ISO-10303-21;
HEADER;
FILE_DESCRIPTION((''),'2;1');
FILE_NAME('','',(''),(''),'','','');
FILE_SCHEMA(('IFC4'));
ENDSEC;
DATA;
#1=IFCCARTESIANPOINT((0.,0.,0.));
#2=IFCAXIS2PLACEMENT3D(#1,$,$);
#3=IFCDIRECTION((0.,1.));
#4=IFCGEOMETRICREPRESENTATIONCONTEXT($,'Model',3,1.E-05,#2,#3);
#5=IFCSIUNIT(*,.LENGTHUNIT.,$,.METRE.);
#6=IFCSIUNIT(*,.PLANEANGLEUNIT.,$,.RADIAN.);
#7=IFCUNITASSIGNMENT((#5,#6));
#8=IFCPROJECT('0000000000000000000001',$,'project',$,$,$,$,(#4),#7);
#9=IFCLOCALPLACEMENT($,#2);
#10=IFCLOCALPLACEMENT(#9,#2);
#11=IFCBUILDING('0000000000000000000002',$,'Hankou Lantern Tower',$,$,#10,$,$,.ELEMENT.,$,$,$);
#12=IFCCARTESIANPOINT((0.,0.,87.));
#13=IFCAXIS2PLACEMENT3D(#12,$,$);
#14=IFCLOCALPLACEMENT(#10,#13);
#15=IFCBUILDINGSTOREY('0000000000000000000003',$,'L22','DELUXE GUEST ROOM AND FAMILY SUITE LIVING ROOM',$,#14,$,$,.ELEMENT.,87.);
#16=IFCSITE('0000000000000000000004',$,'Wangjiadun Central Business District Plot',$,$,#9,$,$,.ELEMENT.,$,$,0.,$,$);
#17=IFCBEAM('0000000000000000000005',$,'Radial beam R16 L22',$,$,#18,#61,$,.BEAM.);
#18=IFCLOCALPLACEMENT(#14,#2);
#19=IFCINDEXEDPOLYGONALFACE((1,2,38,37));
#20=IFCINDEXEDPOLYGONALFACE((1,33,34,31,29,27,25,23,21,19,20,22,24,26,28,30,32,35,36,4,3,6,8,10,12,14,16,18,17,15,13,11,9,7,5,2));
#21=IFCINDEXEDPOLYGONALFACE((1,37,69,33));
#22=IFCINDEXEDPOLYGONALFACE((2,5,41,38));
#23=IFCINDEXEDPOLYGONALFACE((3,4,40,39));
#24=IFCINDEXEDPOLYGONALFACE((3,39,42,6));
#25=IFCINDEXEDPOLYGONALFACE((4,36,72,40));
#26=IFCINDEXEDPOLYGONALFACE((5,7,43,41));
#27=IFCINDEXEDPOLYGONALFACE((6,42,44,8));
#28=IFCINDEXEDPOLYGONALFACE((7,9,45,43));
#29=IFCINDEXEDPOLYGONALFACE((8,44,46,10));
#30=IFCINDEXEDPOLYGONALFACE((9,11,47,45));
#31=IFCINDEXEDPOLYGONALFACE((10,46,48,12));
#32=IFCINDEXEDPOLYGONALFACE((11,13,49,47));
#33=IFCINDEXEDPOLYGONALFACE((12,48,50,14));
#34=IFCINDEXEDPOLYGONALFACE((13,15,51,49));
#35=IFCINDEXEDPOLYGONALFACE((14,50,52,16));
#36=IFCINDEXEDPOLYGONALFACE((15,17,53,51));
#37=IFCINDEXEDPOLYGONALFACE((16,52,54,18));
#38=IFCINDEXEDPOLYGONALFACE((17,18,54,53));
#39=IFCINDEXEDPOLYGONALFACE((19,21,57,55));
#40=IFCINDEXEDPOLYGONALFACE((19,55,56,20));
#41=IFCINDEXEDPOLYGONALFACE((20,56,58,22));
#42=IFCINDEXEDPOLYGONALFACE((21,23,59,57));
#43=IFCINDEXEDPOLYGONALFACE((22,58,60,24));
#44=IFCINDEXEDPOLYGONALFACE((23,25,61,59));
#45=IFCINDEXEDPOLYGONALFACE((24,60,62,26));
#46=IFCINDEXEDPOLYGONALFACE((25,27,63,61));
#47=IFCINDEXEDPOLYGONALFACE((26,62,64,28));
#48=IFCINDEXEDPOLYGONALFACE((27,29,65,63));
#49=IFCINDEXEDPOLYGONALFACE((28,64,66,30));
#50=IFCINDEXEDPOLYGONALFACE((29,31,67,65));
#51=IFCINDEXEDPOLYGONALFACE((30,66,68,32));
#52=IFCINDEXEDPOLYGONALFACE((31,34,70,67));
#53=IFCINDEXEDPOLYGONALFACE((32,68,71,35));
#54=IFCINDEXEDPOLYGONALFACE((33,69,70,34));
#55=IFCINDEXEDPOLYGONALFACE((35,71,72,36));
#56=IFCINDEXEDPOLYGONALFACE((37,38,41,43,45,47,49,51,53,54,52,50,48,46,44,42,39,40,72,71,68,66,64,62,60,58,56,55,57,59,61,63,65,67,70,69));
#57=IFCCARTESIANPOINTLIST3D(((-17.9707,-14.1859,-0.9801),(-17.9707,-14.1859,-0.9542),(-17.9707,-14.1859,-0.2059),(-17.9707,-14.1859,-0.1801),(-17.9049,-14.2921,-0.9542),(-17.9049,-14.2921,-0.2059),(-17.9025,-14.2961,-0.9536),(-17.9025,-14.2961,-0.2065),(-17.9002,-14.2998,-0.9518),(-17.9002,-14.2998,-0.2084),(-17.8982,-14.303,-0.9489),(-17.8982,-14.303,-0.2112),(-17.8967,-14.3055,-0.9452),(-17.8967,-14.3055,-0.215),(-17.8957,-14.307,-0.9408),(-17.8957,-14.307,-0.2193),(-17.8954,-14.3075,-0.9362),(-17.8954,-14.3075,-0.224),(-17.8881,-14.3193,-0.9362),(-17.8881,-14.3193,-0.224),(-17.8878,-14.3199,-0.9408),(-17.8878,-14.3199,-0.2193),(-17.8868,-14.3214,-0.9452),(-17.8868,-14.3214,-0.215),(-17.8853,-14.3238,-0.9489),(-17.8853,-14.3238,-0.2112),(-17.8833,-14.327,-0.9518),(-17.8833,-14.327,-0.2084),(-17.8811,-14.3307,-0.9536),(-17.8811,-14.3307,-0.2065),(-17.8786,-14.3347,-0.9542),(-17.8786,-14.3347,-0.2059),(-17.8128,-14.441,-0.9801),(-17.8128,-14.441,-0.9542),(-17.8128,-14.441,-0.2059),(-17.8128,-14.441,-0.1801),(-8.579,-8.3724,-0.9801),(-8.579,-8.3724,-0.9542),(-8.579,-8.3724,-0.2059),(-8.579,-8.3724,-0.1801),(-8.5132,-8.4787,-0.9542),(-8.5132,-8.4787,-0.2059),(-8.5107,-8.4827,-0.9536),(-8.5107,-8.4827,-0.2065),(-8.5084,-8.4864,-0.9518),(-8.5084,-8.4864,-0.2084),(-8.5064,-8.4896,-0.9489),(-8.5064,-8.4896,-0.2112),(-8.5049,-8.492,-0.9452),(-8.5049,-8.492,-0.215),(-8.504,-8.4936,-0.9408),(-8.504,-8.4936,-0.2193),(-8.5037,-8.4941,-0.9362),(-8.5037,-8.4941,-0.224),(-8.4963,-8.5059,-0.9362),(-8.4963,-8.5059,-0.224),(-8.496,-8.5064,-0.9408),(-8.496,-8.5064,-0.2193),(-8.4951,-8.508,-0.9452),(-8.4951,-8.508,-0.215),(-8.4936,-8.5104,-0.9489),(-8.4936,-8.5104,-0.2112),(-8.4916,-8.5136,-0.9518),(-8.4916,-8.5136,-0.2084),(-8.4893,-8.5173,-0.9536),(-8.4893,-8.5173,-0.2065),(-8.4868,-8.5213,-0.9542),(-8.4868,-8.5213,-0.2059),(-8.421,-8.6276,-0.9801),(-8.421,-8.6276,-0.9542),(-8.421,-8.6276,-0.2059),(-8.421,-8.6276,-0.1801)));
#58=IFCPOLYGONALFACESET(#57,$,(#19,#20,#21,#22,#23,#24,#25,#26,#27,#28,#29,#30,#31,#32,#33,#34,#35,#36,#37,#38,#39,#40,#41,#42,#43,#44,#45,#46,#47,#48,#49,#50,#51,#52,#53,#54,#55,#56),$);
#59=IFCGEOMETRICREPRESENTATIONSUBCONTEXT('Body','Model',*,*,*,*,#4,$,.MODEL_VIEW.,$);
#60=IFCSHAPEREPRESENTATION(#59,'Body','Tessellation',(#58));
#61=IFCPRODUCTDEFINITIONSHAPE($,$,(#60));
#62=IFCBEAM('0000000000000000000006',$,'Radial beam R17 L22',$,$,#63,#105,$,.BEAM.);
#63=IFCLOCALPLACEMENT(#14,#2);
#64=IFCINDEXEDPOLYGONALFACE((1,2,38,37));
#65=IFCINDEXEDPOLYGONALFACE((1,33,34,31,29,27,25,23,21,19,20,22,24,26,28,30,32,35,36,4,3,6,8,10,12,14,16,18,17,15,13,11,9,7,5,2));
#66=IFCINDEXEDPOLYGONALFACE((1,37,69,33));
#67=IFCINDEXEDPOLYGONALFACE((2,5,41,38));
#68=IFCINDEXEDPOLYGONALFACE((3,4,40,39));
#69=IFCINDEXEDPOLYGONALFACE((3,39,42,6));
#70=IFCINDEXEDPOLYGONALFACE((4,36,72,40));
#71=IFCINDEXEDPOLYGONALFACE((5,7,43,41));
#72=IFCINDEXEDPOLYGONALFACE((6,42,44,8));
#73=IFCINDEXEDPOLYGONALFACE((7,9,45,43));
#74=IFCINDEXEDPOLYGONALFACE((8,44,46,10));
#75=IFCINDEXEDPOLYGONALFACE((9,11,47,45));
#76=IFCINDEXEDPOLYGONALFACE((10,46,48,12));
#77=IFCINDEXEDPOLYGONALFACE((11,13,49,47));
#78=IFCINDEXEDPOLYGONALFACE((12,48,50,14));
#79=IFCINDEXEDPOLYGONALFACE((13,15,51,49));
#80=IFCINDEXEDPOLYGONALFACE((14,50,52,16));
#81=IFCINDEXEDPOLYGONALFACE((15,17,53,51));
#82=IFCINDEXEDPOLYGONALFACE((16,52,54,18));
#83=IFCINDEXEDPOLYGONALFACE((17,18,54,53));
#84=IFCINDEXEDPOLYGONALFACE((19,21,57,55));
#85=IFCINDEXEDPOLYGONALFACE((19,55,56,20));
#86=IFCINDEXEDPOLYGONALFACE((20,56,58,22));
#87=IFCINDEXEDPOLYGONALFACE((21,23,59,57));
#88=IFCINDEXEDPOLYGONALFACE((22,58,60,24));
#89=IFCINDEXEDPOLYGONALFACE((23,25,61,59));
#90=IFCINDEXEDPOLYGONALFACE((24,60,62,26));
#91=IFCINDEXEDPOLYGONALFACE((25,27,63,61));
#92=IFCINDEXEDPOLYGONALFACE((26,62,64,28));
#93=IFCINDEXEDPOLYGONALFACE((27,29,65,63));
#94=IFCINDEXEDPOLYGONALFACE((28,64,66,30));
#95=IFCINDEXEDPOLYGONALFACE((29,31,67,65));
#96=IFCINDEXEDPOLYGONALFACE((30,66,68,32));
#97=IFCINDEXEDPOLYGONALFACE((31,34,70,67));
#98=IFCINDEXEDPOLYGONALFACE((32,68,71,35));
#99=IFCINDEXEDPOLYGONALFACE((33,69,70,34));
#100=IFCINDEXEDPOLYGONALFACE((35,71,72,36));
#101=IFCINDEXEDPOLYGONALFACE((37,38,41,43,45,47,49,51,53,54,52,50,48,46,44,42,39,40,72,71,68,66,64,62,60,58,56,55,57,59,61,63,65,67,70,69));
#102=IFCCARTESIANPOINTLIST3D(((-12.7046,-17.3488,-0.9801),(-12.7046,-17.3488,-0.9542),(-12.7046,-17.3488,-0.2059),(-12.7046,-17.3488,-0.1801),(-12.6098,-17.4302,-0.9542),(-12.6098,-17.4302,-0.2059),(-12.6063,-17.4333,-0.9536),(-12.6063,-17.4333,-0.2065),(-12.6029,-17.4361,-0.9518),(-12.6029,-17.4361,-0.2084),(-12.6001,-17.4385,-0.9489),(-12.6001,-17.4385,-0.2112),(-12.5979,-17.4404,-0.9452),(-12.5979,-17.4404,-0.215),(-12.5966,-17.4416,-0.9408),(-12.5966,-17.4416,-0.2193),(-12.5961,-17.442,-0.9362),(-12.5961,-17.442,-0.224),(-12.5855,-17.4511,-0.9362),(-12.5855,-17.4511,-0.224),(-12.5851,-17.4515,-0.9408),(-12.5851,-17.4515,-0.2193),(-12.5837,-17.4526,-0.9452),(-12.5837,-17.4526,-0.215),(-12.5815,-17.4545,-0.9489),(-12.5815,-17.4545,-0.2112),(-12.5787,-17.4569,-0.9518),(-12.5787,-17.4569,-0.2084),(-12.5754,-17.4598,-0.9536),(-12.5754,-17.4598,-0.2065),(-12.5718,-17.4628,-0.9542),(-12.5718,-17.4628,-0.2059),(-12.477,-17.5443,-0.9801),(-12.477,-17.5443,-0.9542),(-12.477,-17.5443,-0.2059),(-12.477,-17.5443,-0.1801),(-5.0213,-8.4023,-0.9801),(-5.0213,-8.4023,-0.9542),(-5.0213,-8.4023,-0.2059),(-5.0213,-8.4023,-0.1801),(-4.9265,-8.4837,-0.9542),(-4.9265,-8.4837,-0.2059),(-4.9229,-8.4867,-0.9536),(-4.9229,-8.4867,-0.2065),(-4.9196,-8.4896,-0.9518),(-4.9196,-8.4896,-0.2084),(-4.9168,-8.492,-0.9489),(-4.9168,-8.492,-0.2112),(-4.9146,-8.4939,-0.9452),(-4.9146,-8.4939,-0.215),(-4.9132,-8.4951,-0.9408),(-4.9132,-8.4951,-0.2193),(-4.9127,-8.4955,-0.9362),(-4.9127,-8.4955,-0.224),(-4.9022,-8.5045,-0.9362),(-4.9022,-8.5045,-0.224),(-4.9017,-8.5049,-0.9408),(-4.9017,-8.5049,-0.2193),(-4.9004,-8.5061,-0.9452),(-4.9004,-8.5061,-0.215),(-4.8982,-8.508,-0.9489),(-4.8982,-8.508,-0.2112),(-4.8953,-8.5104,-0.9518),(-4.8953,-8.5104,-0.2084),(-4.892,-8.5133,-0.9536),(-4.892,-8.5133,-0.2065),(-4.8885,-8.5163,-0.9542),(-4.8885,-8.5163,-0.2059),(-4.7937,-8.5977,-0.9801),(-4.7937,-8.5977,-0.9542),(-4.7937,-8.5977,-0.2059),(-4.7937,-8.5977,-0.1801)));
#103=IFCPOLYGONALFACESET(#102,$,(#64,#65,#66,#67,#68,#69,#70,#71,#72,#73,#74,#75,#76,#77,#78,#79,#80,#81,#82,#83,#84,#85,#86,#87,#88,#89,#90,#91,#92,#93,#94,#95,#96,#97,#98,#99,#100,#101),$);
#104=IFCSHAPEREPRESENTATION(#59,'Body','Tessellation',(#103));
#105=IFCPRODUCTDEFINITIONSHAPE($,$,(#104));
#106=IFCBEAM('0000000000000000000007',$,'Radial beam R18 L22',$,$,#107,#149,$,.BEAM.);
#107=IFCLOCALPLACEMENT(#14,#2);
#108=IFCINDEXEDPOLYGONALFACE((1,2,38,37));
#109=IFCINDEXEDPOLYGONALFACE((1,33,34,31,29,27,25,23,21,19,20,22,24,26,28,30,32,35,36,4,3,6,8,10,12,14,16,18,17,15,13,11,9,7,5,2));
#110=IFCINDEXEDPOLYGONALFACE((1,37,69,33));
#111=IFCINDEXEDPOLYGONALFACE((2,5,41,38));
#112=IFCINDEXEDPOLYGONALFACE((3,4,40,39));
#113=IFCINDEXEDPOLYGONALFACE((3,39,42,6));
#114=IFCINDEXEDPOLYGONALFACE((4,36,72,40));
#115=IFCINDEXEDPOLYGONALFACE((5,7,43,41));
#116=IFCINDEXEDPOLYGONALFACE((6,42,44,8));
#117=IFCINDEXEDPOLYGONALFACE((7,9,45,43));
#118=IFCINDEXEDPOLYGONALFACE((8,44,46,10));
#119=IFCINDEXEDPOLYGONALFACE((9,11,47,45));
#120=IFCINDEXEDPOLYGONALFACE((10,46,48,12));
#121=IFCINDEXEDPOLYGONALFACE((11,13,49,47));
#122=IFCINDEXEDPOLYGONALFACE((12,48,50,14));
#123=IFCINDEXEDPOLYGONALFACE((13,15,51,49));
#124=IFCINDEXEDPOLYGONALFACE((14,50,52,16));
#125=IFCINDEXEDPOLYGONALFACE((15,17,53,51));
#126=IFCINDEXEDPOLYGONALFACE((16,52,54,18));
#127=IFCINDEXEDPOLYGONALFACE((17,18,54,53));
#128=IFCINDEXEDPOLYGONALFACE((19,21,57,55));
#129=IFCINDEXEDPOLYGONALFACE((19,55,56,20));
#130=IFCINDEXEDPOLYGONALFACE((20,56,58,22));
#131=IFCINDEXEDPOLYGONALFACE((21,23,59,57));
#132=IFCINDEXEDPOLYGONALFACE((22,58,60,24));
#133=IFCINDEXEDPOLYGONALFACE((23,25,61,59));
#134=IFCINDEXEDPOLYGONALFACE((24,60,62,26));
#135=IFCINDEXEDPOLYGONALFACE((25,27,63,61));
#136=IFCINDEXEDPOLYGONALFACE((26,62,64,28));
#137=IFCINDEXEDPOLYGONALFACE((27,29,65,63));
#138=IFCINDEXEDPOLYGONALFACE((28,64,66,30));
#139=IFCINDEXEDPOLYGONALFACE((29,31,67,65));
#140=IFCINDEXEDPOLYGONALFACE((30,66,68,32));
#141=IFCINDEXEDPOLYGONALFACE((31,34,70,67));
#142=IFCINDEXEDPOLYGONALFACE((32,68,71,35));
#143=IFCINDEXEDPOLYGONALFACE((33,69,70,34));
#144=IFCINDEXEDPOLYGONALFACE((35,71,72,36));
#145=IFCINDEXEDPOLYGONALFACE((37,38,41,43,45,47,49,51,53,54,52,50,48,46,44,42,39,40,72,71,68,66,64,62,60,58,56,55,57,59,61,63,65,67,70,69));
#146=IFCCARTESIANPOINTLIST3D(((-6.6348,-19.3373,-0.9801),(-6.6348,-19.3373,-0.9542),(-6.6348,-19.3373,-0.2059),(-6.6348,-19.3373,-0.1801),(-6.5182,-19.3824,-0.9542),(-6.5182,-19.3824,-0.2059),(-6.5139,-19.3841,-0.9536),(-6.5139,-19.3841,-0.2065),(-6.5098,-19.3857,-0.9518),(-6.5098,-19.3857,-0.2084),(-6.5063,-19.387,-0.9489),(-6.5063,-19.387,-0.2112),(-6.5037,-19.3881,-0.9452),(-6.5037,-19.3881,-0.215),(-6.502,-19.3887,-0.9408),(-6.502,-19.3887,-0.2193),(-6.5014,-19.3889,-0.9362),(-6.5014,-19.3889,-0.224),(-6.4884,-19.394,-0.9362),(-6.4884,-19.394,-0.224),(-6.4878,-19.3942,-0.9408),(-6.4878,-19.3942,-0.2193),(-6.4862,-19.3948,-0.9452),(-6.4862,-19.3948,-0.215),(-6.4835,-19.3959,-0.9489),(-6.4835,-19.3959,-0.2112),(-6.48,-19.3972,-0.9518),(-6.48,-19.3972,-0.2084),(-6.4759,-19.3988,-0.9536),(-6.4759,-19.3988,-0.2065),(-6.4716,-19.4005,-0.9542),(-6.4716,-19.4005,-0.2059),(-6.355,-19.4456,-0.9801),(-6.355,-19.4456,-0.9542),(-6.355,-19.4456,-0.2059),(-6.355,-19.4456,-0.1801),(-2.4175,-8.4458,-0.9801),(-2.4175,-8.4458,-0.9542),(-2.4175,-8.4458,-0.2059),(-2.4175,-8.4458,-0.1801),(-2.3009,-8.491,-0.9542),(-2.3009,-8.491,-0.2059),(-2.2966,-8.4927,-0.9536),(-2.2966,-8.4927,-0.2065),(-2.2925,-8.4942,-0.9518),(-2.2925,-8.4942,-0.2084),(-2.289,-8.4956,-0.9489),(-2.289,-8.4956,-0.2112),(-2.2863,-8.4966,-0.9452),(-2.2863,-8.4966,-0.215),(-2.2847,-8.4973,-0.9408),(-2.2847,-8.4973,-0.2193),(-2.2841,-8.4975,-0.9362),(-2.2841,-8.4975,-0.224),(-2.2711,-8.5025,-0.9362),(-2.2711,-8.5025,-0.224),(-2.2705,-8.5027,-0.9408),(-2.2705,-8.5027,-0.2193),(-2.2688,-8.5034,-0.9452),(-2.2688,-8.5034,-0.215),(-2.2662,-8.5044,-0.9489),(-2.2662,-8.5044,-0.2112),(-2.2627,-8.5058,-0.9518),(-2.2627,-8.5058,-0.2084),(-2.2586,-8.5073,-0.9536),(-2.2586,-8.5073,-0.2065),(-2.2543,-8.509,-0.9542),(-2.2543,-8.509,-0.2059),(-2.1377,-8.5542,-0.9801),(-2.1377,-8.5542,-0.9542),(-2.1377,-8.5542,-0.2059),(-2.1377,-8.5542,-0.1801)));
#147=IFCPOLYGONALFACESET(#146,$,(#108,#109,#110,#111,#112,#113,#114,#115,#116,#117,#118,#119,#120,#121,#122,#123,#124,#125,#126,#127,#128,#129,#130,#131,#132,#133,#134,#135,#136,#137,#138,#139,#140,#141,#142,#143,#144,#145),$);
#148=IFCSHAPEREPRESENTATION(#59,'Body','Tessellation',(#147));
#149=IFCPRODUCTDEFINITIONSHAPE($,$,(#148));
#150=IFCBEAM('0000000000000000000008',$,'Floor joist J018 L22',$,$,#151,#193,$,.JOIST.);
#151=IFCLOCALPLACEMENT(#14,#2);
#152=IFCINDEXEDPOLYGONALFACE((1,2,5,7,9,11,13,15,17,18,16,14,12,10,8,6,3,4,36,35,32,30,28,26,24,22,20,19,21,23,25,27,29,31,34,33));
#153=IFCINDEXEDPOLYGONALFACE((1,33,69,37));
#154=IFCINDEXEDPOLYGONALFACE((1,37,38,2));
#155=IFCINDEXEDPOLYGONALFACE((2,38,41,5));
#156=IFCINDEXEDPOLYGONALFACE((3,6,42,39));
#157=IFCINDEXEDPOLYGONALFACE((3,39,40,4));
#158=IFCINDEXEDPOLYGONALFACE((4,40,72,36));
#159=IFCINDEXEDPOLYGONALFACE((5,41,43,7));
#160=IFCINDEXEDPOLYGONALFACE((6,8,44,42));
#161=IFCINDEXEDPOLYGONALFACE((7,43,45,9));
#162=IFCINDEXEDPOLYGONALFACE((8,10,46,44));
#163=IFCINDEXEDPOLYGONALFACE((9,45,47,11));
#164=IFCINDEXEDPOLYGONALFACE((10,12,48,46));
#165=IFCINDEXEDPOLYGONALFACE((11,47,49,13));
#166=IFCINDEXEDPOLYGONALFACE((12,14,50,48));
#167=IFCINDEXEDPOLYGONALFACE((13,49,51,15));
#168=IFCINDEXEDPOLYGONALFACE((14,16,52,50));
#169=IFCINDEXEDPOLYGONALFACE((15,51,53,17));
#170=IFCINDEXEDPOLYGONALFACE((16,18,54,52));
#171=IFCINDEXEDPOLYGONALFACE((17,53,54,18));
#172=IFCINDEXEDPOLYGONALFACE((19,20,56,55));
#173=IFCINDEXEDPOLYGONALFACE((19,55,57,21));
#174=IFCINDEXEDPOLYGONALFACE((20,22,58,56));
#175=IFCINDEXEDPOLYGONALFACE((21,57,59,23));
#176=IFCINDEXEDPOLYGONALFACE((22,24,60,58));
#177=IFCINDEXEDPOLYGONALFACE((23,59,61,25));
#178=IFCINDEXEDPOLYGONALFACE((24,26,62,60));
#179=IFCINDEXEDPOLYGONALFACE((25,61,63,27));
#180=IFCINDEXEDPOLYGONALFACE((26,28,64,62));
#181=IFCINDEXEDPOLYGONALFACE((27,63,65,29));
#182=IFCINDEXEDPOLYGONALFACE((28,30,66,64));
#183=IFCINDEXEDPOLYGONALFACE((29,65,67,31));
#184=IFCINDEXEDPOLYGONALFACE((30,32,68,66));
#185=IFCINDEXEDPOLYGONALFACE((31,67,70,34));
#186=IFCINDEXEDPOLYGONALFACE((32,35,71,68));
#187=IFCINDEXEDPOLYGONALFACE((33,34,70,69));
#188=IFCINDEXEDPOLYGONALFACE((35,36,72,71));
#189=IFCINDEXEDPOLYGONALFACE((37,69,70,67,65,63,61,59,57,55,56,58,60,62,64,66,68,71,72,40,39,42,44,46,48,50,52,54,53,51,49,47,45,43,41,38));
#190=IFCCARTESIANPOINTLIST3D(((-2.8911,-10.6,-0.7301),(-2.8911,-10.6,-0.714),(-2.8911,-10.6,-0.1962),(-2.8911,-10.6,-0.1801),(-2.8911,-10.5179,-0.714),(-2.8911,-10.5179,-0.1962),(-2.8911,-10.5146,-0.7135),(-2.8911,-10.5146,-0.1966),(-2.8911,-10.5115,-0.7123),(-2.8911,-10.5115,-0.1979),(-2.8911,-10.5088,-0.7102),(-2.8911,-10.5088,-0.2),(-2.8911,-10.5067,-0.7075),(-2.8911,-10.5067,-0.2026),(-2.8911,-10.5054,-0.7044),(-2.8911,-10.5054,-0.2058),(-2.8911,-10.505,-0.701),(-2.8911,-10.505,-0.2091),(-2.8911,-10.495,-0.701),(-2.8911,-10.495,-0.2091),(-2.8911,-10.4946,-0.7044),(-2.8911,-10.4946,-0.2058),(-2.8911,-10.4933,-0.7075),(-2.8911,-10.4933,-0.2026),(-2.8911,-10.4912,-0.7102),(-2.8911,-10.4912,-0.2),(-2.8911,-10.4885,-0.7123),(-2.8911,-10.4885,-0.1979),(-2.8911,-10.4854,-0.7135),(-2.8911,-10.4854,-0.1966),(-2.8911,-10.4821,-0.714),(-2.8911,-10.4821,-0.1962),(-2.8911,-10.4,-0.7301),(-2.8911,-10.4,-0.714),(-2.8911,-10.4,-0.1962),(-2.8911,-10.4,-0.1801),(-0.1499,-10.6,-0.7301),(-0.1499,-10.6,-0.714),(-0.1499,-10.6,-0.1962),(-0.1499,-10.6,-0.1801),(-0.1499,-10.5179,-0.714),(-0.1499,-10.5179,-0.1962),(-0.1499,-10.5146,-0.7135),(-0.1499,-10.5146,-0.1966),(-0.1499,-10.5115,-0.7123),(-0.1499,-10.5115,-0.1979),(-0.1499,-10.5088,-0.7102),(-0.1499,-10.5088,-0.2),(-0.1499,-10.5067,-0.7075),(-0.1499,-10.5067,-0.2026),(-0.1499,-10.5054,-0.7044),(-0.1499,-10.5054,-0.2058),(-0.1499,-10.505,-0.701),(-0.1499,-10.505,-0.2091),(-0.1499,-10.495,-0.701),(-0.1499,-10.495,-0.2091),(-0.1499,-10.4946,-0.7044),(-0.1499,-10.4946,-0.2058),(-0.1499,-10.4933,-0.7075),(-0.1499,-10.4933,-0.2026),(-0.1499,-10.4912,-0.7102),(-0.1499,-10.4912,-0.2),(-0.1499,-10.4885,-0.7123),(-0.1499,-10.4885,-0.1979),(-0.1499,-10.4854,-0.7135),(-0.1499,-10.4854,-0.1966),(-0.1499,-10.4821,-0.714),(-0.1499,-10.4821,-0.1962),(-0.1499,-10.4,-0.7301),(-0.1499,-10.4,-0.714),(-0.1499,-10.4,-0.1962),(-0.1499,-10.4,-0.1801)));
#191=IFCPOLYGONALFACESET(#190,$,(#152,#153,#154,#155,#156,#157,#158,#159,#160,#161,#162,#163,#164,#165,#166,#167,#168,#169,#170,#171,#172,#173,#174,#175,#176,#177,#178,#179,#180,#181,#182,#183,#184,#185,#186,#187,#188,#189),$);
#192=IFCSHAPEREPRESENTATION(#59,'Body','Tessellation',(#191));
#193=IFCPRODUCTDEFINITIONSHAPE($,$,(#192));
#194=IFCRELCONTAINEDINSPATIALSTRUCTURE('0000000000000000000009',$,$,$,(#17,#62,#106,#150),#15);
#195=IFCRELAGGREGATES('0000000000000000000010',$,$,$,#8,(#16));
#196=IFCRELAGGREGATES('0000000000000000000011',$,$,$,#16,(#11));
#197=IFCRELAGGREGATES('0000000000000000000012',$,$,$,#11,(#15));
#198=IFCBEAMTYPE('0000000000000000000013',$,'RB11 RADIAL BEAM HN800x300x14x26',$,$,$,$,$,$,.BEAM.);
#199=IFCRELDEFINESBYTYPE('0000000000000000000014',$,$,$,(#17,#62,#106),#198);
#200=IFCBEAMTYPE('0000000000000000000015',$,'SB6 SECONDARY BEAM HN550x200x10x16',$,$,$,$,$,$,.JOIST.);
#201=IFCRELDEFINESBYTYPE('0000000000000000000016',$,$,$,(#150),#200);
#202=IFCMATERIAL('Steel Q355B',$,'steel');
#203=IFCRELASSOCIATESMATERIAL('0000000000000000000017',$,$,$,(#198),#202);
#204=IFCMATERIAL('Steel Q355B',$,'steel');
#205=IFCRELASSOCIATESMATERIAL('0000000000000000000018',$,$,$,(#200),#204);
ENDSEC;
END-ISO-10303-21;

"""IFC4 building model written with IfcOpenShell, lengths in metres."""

from ifc_helpers import new_model, si_unit, direction, frame, origin, origin_2d, place, context, subcontext, project, spatial, i_section, extrude, material, material_profile, profile_set, type_object, element, save


model = new_model("IFC4")

# Units and contexts
model_context = context("Model", 3, precision=1e-05, world=origin(), true_north=direction((0.0, 1.0)))
body_context = subcontext(model_context, "Body", "Model", "MODEL_VIEW")
ifc_project = project(units=[si_unit("LENGTHUNIT", "METRE"), si_unit("PLANEANGLEUNIT", "RADIAN")], contexts=[model_context])

# Site, building, storey
site_placement = place(None, origin())
site = spatial("IfcSite", under=ifc_project, at=site_placement, Name="Wangjiadun Central Business District Plot", CompositionType="ELEMENT", RefElevation=0.0)
building_placement = place(site_placement, origin())
building = spatial("IfcBuilding", under=site, at=building_placement, Name="Hankou Lantern Tower", CompositionType="ELEMENT")
storey_placement = place(building_placement, frame((0.0, 0.0, 87.0)))
storey = spatial("IfcBuildingStorey", under=building, at=storey_placement, Name="L22", Description="DELUXE GUEST ROOM AND FAMILY SUITE LIVING ROOM", CompositionType="ELEMENT", Elevation=87.0)

# Beams
ifc_material_1 = material(Name="Steel Q355B", Category="steel")
ifc_material_profile_1 = material_profile(ifc_material_1, i_section(OverallWidth=0.3, OverallDepth=0.8, WebThickness=0.0139, FlangeThickness=0.0259, FilletRadius=0.0181, at=origin_2d()), Name="HN800x300x14x26")
ifc_profile_set_1 = profile_set([ifc_material_profile_1], Name="Steel Q355B")
beam_type_1 = type_object("IfcBeamType", Name="RB11 RADIAL BEAM HN800x300x14x26", PredefinedType="BEAM", material=ifc_profile_set_1)
beam_1_placement = place(storey_placement, frame((-8.5, -8.5, -0.5801), z_axis=(-0.850286, -0.52632, 0.0), x_axis=(0.52632, -0.850286, 0.0)))
element("IfcBeam", 1, at=beam_1_placement, inside=storey, type_object=beam_type_1, Name="Radial beam R16 L22", PredefinedType="BEAM", context=body_context, shape_type="SweptSolid", body=[
    extrude(i_section(OverallWidth=0.3, OverallDepth=0.8, WebThickness=0.0139, FlangeThickness=0.0259, FilletRadius=0.0181, at=origin_2d()), origin(), (0.0, 0.0, 1.0), 11.0454),
])
beam_2_placement = place(storey_placement, frame((-4.9075, -8.5, -0.5801), z_axis=(-0.651519, -0.758632, 0.0), x_axis=(0.758632, -0.651519, 0.0)))
element("IfcBeam", 2, at=beam_2_placement, inside=storey, type_object=beam_type_1, Name="Radial beam R17 L22", PredefinedType="BEAM", context=body_context, shape_type="SweptSolid", body=[
    extrude(i_section(OverallWidth=0.3, OverallDepth=0.8, WebThickness=0.0139, FlangeThickness=0.0259, FilletRadius=0.0181, at=origin_2d()), origin(), (0.0, 0.0, 1.0), 11.793),
])
beam_3_placement = place(storey_placement, frame((-2.2776, -8.5, -0.5801), z_axis=(-0.361089, -0.932531, 0.0), x_axis=(0.932531, -0.361089, 0.0)))
element("IfcBeam", 3, at=beam_3_placement, inside=storey, type_object=beam_type_1, Name="Radial beam R18 L22", PredefinedType="BEAM", context=body_context, shape_type="SweptSolid", body=[
    extrude(i_section(OverallWidth=0.3, OverallDepth=0.8, WebThickness=0.0139, FlangeThickness=0.0259, FilletRadius=0.0181, at=origin_2d()), origin(), (0.0, 0.0, 1.0), 11.6794),
])
ifc_material_2 = material(Name="Steel Q355B", Category="steel")
ifc_material_profile_2 = material_profile(ifc_material_2, i_section(OverallWidth=0.2, OverallDepth=0.55, WebThickness=0.01, FlangeThickness=0.0161, FilletRadius=0.0129, at=origin_2d()), Name="HN550x200x10x16")
ifc_profile_set_2 = profile_set([ifc_material_profile_2], Name="Steel Q355B")
beam_type_2 = type_object("IfcBeamType", Name="SB6 SECONDARY BEAM HN550x200x10x16", PredefinedType="JOIST", material=ifc_profile_set_2)
beam_4_placement = place(storey_placement, frame((-2.8911, -10.5, -0.4551), z_axis=(1.0, 0.0, 0.0), x_axis=(0.0, 1.0, 0.0)))
element("IfcBeam", 4, at=beam_4_placement, inside=storey, type_object=beam_type_2, Name="Floor joist J018 L22", PredefinedType="JOIST", context=body_context, shape_type="SweptSolid", body=[
    extrude(i_section(OverallWidth=0.2, OverallDepth=0.55, WebThickness=0.01, FlangeThickness=0.0161, FilletRadius=0.0129, at=origin_2d()), origin(), (0.0, 0.0, 1.0), 2.7412),
])

save(model, "model.ifc")
